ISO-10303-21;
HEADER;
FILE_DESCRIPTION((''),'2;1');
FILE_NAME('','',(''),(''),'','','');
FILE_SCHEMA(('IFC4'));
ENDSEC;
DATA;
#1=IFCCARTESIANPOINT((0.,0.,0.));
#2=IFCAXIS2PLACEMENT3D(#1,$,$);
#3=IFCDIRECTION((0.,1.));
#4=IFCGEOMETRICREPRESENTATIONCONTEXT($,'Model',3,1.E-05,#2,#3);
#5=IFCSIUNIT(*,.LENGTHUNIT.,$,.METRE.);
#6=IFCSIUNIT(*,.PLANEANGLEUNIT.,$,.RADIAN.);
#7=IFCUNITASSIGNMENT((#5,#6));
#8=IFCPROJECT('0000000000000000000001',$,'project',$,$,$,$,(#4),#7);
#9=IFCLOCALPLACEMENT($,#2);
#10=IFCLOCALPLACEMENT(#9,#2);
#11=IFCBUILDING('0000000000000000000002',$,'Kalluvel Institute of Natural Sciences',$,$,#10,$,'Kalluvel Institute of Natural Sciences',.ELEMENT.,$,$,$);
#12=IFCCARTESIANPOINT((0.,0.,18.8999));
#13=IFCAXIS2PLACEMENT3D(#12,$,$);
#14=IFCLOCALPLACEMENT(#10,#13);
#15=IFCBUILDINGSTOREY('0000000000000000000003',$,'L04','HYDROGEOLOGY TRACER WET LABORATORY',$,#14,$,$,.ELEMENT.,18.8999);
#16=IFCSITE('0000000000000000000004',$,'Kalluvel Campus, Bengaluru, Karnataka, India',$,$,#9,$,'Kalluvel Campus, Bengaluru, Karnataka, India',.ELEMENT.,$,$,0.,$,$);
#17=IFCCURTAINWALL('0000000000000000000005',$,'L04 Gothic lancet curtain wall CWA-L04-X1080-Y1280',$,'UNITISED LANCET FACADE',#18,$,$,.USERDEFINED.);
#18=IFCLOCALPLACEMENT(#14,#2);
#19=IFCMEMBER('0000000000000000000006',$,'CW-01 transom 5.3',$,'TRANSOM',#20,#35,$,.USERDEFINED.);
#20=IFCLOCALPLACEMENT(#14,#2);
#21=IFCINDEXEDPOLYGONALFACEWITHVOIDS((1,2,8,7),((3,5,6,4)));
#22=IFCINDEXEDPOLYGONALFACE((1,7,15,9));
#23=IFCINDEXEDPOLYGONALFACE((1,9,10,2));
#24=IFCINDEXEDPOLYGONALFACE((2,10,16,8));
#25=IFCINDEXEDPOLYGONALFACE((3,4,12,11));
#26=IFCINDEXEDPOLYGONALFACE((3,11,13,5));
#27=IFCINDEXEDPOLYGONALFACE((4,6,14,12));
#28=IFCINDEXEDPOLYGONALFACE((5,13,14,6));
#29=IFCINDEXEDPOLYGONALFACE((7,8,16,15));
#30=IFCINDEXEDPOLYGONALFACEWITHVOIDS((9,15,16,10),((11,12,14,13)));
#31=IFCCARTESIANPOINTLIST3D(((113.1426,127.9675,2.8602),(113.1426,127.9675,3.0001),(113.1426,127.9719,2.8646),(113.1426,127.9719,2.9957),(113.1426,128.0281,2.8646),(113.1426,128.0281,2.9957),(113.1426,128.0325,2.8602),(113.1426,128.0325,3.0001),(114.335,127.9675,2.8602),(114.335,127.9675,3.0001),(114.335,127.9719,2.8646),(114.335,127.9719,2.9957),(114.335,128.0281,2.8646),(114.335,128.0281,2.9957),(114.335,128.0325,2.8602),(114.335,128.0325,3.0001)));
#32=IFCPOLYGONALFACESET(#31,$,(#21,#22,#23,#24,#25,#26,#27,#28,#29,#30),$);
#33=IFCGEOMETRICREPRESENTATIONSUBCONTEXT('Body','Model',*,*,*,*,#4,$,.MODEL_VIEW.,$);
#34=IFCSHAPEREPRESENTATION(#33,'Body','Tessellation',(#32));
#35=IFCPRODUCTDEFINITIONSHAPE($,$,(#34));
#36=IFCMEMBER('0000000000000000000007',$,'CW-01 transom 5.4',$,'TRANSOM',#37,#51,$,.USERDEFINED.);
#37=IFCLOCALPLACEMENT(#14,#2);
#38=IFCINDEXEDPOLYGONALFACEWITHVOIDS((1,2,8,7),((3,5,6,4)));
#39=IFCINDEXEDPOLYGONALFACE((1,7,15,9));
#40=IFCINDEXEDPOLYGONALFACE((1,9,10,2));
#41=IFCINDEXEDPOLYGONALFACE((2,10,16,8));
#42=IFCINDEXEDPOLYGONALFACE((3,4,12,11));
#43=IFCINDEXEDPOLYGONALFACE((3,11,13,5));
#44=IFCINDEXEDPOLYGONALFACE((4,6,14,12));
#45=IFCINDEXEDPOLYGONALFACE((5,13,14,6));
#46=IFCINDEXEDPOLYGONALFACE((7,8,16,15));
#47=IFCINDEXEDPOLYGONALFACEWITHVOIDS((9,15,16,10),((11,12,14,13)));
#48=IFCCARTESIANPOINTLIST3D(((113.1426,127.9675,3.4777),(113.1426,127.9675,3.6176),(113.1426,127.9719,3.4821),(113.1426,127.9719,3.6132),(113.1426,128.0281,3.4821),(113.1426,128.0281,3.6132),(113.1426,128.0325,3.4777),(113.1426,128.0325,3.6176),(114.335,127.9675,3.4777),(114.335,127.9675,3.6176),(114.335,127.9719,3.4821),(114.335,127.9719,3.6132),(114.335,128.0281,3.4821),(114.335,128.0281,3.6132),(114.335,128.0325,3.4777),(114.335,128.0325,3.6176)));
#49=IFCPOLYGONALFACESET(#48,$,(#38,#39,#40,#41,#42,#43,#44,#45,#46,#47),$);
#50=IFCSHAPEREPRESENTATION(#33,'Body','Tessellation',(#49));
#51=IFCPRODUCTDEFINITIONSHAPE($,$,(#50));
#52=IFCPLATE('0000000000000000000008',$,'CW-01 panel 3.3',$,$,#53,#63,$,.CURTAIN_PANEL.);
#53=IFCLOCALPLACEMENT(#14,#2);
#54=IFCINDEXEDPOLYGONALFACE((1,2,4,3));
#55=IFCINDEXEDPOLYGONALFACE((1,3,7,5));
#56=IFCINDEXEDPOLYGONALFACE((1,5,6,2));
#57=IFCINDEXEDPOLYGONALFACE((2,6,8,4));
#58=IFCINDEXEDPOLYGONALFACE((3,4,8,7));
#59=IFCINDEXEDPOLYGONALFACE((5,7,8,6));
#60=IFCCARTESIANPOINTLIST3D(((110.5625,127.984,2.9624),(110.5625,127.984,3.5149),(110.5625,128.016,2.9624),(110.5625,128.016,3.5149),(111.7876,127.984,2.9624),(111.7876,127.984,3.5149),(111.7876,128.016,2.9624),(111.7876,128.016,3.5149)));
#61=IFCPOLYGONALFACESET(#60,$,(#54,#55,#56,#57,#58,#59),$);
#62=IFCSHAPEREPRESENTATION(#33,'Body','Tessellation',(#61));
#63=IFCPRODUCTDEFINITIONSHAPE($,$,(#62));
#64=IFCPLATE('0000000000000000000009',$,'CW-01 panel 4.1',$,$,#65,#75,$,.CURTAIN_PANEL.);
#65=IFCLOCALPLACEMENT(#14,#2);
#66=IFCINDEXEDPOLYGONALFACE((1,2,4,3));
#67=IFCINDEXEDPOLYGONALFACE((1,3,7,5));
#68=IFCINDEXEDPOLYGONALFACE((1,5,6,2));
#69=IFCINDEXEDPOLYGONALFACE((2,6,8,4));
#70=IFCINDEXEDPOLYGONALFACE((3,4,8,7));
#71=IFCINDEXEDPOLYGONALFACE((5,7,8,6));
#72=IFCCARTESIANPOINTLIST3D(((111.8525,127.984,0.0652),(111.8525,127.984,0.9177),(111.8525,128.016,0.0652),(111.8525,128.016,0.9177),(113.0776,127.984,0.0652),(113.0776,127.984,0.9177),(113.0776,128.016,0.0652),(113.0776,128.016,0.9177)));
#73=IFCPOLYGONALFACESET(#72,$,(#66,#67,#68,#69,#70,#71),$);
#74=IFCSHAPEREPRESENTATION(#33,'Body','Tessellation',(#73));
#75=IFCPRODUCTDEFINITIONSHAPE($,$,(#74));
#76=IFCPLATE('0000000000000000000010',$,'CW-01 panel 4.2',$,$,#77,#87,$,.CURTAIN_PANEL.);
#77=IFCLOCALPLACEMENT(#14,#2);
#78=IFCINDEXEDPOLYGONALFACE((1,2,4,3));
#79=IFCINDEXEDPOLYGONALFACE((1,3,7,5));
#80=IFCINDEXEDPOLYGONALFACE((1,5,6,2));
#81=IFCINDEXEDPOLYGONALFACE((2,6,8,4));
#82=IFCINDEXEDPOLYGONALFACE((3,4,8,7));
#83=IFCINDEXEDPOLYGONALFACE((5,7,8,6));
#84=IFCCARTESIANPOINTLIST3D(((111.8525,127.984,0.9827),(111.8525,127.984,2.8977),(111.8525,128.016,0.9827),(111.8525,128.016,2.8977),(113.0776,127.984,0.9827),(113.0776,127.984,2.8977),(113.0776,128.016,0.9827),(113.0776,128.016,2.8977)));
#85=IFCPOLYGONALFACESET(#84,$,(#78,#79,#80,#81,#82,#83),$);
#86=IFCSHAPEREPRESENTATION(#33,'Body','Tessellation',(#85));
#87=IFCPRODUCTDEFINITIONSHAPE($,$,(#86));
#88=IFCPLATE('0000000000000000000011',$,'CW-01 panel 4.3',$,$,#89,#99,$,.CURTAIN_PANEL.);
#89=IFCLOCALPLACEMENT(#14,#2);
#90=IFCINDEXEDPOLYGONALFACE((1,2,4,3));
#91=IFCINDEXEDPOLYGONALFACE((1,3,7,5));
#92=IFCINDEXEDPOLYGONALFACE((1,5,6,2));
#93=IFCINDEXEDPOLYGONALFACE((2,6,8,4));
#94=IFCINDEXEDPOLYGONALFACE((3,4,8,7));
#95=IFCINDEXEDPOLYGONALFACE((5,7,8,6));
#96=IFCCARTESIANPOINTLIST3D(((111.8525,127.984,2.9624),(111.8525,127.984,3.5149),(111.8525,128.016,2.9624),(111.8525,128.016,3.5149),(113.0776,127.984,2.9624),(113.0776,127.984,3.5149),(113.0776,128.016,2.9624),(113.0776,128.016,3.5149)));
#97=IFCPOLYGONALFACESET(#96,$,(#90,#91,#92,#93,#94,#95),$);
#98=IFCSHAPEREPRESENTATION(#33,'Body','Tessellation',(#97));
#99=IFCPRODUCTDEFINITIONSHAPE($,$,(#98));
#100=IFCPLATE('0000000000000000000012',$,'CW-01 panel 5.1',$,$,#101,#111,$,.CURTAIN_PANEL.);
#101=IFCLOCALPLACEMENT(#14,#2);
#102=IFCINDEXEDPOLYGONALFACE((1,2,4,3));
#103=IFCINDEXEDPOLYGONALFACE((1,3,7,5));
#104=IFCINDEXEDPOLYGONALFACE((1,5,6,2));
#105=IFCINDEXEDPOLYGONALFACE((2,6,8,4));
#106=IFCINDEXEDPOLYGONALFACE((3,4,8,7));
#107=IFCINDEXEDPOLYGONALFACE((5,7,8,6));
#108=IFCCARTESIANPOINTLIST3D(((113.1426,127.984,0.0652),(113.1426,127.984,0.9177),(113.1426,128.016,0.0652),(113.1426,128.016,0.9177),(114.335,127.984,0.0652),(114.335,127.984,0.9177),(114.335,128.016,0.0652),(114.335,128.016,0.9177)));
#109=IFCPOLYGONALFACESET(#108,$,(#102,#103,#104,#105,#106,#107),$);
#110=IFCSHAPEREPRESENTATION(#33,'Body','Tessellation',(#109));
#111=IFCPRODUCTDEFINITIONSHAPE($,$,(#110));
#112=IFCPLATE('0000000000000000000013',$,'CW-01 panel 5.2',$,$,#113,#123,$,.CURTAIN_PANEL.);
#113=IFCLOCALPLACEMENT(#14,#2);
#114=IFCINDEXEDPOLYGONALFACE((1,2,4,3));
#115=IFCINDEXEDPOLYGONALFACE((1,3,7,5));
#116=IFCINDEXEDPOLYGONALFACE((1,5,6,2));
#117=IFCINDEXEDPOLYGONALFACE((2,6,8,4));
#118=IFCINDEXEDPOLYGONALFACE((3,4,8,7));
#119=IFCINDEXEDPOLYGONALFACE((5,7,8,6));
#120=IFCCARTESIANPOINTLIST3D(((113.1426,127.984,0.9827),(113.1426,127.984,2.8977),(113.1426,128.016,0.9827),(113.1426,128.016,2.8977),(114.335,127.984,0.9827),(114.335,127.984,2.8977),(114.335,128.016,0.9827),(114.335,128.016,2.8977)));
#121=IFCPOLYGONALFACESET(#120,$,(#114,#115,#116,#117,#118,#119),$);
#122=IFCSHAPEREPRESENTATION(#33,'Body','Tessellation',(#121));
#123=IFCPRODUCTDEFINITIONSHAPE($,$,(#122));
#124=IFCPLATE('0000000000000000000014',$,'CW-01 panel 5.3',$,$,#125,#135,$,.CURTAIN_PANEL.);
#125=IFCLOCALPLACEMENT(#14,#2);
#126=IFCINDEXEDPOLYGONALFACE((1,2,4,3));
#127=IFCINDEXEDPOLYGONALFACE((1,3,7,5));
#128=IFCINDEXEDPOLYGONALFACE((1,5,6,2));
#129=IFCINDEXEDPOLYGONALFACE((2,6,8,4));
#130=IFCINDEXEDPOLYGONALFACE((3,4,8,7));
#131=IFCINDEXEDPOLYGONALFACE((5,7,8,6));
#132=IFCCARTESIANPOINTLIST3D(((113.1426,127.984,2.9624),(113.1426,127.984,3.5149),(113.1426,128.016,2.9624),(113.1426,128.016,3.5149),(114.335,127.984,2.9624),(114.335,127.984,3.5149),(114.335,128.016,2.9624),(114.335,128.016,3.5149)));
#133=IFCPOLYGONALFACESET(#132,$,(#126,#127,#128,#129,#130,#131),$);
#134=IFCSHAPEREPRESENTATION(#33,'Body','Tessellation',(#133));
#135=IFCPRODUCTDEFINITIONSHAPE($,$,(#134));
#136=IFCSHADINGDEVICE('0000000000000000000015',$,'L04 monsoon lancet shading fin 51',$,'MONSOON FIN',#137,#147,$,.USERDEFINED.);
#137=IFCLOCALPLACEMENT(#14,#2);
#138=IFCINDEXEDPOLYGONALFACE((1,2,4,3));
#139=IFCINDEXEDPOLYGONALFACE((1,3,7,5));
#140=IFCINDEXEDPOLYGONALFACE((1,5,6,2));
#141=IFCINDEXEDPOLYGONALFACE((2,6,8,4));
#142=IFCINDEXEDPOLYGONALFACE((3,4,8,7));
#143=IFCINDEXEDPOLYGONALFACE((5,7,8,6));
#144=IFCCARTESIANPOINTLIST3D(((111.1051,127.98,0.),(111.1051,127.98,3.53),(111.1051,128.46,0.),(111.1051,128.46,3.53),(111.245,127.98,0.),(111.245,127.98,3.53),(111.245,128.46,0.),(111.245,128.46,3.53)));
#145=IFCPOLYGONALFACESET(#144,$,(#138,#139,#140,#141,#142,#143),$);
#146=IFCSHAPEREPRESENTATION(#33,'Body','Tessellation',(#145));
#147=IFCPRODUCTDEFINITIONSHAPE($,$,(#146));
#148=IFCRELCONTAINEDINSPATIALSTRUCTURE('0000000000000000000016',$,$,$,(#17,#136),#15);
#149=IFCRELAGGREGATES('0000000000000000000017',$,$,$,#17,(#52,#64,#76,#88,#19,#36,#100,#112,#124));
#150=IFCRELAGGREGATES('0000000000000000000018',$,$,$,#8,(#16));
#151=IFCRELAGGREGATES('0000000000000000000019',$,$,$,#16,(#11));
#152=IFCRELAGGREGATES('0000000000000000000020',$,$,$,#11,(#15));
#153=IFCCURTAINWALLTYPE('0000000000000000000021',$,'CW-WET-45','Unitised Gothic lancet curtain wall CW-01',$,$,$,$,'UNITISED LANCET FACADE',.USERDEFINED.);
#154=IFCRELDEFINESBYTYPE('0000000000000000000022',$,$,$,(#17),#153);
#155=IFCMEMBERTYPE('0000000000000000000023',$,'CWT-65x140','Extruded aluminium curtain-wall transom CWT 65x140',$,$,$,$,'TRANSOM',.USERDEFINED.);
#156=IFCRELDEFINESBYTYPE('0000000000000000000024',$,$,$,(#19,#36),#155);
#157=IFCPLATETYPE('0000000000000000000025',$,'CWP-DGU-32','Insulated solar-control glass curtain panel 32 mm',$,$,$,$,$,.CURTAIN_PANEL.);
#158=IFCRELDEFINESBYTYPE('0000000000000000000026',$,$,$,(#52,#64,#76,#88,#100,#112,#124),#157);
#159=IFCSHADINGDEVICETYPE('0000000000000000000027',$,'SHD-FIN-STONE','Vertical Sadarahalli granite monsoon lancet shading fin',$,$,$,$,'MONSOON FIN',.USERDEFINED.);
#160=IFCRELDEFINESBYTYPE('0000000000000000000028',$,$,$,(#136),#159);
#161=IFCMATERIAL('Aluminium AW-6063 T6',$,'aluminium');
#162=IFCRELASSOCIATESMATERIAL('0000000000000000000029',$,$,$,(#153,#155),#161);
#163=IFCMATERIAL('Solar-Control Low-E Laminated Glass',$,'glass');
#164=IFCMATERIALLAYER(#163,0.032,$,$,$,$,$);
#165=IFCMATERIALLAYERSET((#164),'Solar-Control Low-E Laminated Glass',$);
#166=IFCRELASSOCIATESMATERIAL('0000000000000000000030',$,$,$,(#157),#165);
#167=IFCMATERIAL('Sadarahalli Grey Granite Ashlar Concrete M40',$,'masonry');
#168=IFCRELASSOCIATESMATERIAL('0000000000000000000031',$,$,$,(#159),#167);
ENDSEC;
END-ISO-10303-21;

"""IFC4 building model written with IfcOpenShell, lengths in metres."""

from ifc_helpers import new_model, si_unit, direction, frame, origin, origin_2d, place, context, subcontext, project, spatial, rectangle, hollow_rectangle, extrude, material, layer, layer_set, material_profile, profile_set, type_object, element, aggregate, save


model = new_model("IFC4")

# Units and contexts
model_context = context("Model", 3, precision=1e-05, world=origin(), true_north=direction((0.0, 1.0)))
body_context = subcontext(model_context, "Body", "Model", "MODEL_VIEW")
ifc_project = project(units=[si_unit("LENGTHUNIT", "METRE"), si_unit("PLANEANGLEUNIT", "RADIAN")], contexts=[model_context])

# Site, building, storey
site_placement = place(None, origin())
site = spatial("IfcSite", under=ifc_project, at=site_placement, Name="Kalluvel Campus, Bengaluru, Karnataka, India", LongName="Kalluvel Campus, Bengaluru, Karnataka, India", CompositionType="ELEMENT", RefElevation=0.0)
building_placement = place(site_placement, origin())
building = spatial("IfcBuilding", under=site, at=building_placement, Name="Kalluvel Institute of Natural Sciences", LongName="Kalluvel Institute of Natural Sciences", CompositionType="ELEMENT")
storey_placement = place(building_placement, frame((0.0, 0.0, 18.8999)))
storey = spatial("IfcBuildingStorey", under=building, at=storey_placement, Name="L04", Description="HYDROGEOLOGY TRACER WET LABORATORY", CompositionType="ELEMENT", Elevation=18.8999)

# Curtain wall
ifc_material_1 = material(Name="Aluminium AW-6063 T6", Category="aluminium")
curtain_wall_type = type_object("IfcCurtainWallType", Name="CW-WET-45", Description="Unitised Gothic lancet curtain wall CW-01", ElementType="UNITISED LANCET FACADE", PredefinedType="USERDEFINED", material=ifc_material_1)
curtain_wall_1_placement = place(storey_placement, origin())
curtain_wall_1 = element("IfcCurtainWall", 1, at=curtain_wall_1_placement, inside=storey, type_object=curtain_wall_type, Name="L04 Gothic lancet curtain wall CWA-L04-X1080-Y1280", ObjectType="UNITISED LANCET FACADE", PredefinedType="USERDEFINED")

# Members
ifc_material_profile_1 = material_profile(ifc_material_1, hollow_rectangle(XDim=0.0649, YDim=0.1399, WallThickness=0.0044, at=origin_2d()), Name="CWT 65x140")
ifc_profile_set_1 = profile_set([ifc_material_profile_1], Name="Aluminium AW-6063 T6")
member_type_1 = type_object("IfcMemberType", Name="CWT-65x140", Description="Extruded aluminium curtain-wall transom CWT 65x140", ElementType="TRANSOM", PredefinedType="USERDEFINED", material=ifc_profile_set_1)
member_1_placement = place(storey_placement, frame((113.1426, 128.0, 2.9302), z_axis=(1.0, 0.0, 0.0), x_axis=(0.0, 1.0, 0.0)))
member_1 = element("IfcMember", 2, at=member_1_placement, type_object=member_type_1, Name="CW-01 transom 5.3", ObjectType="TRANSOM", PredefinedType="USERDEFINED", context=body_context, shape_type="SweptSolid", body=[
    extrude(hollow_rectangle(XDim=0.0649, YDim=0.1399, WallThickness=0.0044, at=origin_2d()), origin(), (0.0, 0.0, 1.0), 1.1924),
])
member_2_placement = place(storey_placement, frame((113.1426, 128.0, 3.5476), z_axis=(1.0, 0.0, 0.0), x_axis=(0.0, 1.0, 0.0)))
member_2 = element("IfcMember", 3, at=member_2_placement, type_object=member_type_1, Name="CW-01 transom 5.4", ObjectType="TRANSOM", PredefinedType="USERDEFINED", context=body_context, shape_type="SweptSolid", body=[
    extrude(hollow_rectangle(XDim=0.0649, YDim=0.1399, WallThickness=0.0044, at=origin_2d()), origin(), (0.0, 0.0, 1.0), 1.1924),
])

# Plates
ifc_material_2 = material(Name="Solar-Control Low-E Laminated Glass", Category="glass")
ifc_layer = layer(ifc_material_2, 0.032)
ifc_layer_set = layer_set([ifc_layer], Name="Solar-Control Low-E Laminated Glass")
plate_type = type_object("IfcPlateType", Name="CWP-DGU-32", Description="Insulated solar-control glass curtain panel 32 mm", PredefinedType="CURTAIN_PANEL", material=ifc_layer_set)
plate_1_placement = place(storey_placement, frame((111.175, 128.0, 2.9624), z_axis=(0.0, 0.0, 1.0), x_axis=(1.0, 0.0, 0.0)))
plate_1 = element("IfcPlate", 4, at=plate_1_placement, type_object=plate_type, Name="CW-01 panel 3.3", PredefinedType="CURTAIN_PANEL", context=body_context, shape_type="SweptSolid", body=[
    extrude(rectangle(XDim=1.2251, YDim=0.032, at=origin_2d()), origin(), (0.0, 0.0, 1.0), 0.5525),
])
plate_2_placement = place(storey_placement, frame((112.4651, 128.0, 0.0652), z_axis=(0.0, 0.0, 1.0), x_axis=(1.0, 0.0, 0.0)))
plate_2 = element("IfcPlate", 5, at=plate_2_placement, type_object=plate_type, Name="CW-01 panel 4.1", PredefinedType="CURTAIN_PANEL", context=body_context, shape_type="SweptSolid", body=[
    extrude(rectangle(XDim=1.2251, YDim=0.032, at=origin_2d()), origin(), (0.0, 0.0, 1.0), 0.8525),
])
plate_3_placement = place(storey_placement, frame((112.4651, 128.0, 0.9827), z_axis=(0.0, 0.0, 1.0), x_axis=(1.0, 0.0, 0.0)))
plate_3 = element("IfcPlate", 6, at=plate_3_placement, type_object=plate_type, Name="CW-01 panel 4.2", PredefinedType="CURTAIN_PANEL", context=body_context, shape_type="SweptSolid", body=[
    extrude(rectangle(XDim=1.2251, YDim=0.032, at=origin_2d()), origin(), (0.0, 0.0, 1.0), 1.915),
])
plate_4_placement = place(storey_placement, frame((112.4651, 128.0, 2.9624), z_axis=(0.0, 0.0, 1.0), x_axis=(1.0, 0.0, 0.0)))
plate_4 = element("IfcPlate", 7, at=plate_4_placement, type_object=plate_type, Name="CW-01 panel 4.3", PredefinedType="CURTAIN_PANEL", context=body_context, shape_type="SweptSolid", body=[
    extrude(rectangle(XDim=1.2251, YDim=0.032, at=origin_2d()), origin(), (0.0, 0.0, 1.0), 0.5525),
])
plate_5_placement = place(storey_placement, frame((113.7388, 128.0, 0.0652), z_axis=(0.0, 0.0, 1.0), x_axis=(1.0, 0.0, 0.0)))
plate_5 = element("IfcPlate", 8, at=plate_5_placement, type_object=plate_type, Name="CW-01 panel 5.1", PredefinedType="CURTAIN_PANEL", context=body_context, shape_type="SweptSolid", body=[
    extrude(rectangle(XDim=1.1924, YDim=0.032, at=origin_2d()), origin(), (0.0, 0.0, 1.0), 0.8525),
])
plate_6_placement = place(storey_placement, frame((113.7388, 128.0, 0.9827), z_axis=(0.0, 0.0, 1.0), x_axis=(1.0, 0.0, 0.0)))
plate_6 = element("IfcPlate", 9, at=plate_6_placement, type_object=plate_type, Name="CW-01 panel 5.2", PredefinedType="CURTAIN_PANEL", context=body_context, shape_type="SweptSolid", body=[
    extrude(rectangle(XDim=1.1924, YDim=0.032, at=origin_2d()), origin(), (0.0, 0.0, 1.0), 1.915),
])
plate_7_placement = place(storey_placement, frame((113.7388, 128.0, 2.9624), z_axis=(0.0, 0.0, 1.0), x_axis=(1.0, 0.0, 0.0)))
plate_7 = element("IfcPlate", 10, at=plate_7_placement, type_object=plate_type, Name="CW-01 panel 5.3", PredefinedType="CURTAIN_PANEL", context=body_context, shape_type="SweptSolid", body=[
    extrude(rectangle(XDim=1.1924, YDim=0.032, at=origin_2d()), origin(), (0.0, 0.0, 1.0), 0.5525),
])
aggregate(curtain_wall_1, [plate_1, plate_2, plate_3, plate_4, member_1, member_2, plate_5, plate_6, plate_7])

# Shading device
ifc_material_3 = material(Name="Sadarahalli Grey Granite Ashlar Concrete M40", Category="masonry")
shading_device_type = type_object("IfcShadingDeviceType", Name="SHD-FIN-STONE", Description="Vertical Sadarahalli granite monsoon lancet shading fin", ElementType="MONSOON FIN", PredefinedType="USERDEFINED", material=ifc_material_3)
shading_device_placement = place(storey_placement, frame((111.175, 128.22, 0.0), z_axis=(0.0, 0.0, 1.0), x_axis=(1.0, 0.0, 0.0)))
element("IfcShadingDevice", 11, at=shading_device_placement, inside=storey, type_object=shading_device_type, Name="L04 monsoon lancet shading fin 51", ObjectType="MONSOON FIN", PredefinedType="USERDEFINED", context=body_context, shape_type="SweptSolid", body=[
    extrude(rectangle(XDim=0.1399, YDim=0.48, at=origin_2d()), origin(), (0.0, 0.0, 1.0), 3.53),
])

save(model, "model.ifc")
